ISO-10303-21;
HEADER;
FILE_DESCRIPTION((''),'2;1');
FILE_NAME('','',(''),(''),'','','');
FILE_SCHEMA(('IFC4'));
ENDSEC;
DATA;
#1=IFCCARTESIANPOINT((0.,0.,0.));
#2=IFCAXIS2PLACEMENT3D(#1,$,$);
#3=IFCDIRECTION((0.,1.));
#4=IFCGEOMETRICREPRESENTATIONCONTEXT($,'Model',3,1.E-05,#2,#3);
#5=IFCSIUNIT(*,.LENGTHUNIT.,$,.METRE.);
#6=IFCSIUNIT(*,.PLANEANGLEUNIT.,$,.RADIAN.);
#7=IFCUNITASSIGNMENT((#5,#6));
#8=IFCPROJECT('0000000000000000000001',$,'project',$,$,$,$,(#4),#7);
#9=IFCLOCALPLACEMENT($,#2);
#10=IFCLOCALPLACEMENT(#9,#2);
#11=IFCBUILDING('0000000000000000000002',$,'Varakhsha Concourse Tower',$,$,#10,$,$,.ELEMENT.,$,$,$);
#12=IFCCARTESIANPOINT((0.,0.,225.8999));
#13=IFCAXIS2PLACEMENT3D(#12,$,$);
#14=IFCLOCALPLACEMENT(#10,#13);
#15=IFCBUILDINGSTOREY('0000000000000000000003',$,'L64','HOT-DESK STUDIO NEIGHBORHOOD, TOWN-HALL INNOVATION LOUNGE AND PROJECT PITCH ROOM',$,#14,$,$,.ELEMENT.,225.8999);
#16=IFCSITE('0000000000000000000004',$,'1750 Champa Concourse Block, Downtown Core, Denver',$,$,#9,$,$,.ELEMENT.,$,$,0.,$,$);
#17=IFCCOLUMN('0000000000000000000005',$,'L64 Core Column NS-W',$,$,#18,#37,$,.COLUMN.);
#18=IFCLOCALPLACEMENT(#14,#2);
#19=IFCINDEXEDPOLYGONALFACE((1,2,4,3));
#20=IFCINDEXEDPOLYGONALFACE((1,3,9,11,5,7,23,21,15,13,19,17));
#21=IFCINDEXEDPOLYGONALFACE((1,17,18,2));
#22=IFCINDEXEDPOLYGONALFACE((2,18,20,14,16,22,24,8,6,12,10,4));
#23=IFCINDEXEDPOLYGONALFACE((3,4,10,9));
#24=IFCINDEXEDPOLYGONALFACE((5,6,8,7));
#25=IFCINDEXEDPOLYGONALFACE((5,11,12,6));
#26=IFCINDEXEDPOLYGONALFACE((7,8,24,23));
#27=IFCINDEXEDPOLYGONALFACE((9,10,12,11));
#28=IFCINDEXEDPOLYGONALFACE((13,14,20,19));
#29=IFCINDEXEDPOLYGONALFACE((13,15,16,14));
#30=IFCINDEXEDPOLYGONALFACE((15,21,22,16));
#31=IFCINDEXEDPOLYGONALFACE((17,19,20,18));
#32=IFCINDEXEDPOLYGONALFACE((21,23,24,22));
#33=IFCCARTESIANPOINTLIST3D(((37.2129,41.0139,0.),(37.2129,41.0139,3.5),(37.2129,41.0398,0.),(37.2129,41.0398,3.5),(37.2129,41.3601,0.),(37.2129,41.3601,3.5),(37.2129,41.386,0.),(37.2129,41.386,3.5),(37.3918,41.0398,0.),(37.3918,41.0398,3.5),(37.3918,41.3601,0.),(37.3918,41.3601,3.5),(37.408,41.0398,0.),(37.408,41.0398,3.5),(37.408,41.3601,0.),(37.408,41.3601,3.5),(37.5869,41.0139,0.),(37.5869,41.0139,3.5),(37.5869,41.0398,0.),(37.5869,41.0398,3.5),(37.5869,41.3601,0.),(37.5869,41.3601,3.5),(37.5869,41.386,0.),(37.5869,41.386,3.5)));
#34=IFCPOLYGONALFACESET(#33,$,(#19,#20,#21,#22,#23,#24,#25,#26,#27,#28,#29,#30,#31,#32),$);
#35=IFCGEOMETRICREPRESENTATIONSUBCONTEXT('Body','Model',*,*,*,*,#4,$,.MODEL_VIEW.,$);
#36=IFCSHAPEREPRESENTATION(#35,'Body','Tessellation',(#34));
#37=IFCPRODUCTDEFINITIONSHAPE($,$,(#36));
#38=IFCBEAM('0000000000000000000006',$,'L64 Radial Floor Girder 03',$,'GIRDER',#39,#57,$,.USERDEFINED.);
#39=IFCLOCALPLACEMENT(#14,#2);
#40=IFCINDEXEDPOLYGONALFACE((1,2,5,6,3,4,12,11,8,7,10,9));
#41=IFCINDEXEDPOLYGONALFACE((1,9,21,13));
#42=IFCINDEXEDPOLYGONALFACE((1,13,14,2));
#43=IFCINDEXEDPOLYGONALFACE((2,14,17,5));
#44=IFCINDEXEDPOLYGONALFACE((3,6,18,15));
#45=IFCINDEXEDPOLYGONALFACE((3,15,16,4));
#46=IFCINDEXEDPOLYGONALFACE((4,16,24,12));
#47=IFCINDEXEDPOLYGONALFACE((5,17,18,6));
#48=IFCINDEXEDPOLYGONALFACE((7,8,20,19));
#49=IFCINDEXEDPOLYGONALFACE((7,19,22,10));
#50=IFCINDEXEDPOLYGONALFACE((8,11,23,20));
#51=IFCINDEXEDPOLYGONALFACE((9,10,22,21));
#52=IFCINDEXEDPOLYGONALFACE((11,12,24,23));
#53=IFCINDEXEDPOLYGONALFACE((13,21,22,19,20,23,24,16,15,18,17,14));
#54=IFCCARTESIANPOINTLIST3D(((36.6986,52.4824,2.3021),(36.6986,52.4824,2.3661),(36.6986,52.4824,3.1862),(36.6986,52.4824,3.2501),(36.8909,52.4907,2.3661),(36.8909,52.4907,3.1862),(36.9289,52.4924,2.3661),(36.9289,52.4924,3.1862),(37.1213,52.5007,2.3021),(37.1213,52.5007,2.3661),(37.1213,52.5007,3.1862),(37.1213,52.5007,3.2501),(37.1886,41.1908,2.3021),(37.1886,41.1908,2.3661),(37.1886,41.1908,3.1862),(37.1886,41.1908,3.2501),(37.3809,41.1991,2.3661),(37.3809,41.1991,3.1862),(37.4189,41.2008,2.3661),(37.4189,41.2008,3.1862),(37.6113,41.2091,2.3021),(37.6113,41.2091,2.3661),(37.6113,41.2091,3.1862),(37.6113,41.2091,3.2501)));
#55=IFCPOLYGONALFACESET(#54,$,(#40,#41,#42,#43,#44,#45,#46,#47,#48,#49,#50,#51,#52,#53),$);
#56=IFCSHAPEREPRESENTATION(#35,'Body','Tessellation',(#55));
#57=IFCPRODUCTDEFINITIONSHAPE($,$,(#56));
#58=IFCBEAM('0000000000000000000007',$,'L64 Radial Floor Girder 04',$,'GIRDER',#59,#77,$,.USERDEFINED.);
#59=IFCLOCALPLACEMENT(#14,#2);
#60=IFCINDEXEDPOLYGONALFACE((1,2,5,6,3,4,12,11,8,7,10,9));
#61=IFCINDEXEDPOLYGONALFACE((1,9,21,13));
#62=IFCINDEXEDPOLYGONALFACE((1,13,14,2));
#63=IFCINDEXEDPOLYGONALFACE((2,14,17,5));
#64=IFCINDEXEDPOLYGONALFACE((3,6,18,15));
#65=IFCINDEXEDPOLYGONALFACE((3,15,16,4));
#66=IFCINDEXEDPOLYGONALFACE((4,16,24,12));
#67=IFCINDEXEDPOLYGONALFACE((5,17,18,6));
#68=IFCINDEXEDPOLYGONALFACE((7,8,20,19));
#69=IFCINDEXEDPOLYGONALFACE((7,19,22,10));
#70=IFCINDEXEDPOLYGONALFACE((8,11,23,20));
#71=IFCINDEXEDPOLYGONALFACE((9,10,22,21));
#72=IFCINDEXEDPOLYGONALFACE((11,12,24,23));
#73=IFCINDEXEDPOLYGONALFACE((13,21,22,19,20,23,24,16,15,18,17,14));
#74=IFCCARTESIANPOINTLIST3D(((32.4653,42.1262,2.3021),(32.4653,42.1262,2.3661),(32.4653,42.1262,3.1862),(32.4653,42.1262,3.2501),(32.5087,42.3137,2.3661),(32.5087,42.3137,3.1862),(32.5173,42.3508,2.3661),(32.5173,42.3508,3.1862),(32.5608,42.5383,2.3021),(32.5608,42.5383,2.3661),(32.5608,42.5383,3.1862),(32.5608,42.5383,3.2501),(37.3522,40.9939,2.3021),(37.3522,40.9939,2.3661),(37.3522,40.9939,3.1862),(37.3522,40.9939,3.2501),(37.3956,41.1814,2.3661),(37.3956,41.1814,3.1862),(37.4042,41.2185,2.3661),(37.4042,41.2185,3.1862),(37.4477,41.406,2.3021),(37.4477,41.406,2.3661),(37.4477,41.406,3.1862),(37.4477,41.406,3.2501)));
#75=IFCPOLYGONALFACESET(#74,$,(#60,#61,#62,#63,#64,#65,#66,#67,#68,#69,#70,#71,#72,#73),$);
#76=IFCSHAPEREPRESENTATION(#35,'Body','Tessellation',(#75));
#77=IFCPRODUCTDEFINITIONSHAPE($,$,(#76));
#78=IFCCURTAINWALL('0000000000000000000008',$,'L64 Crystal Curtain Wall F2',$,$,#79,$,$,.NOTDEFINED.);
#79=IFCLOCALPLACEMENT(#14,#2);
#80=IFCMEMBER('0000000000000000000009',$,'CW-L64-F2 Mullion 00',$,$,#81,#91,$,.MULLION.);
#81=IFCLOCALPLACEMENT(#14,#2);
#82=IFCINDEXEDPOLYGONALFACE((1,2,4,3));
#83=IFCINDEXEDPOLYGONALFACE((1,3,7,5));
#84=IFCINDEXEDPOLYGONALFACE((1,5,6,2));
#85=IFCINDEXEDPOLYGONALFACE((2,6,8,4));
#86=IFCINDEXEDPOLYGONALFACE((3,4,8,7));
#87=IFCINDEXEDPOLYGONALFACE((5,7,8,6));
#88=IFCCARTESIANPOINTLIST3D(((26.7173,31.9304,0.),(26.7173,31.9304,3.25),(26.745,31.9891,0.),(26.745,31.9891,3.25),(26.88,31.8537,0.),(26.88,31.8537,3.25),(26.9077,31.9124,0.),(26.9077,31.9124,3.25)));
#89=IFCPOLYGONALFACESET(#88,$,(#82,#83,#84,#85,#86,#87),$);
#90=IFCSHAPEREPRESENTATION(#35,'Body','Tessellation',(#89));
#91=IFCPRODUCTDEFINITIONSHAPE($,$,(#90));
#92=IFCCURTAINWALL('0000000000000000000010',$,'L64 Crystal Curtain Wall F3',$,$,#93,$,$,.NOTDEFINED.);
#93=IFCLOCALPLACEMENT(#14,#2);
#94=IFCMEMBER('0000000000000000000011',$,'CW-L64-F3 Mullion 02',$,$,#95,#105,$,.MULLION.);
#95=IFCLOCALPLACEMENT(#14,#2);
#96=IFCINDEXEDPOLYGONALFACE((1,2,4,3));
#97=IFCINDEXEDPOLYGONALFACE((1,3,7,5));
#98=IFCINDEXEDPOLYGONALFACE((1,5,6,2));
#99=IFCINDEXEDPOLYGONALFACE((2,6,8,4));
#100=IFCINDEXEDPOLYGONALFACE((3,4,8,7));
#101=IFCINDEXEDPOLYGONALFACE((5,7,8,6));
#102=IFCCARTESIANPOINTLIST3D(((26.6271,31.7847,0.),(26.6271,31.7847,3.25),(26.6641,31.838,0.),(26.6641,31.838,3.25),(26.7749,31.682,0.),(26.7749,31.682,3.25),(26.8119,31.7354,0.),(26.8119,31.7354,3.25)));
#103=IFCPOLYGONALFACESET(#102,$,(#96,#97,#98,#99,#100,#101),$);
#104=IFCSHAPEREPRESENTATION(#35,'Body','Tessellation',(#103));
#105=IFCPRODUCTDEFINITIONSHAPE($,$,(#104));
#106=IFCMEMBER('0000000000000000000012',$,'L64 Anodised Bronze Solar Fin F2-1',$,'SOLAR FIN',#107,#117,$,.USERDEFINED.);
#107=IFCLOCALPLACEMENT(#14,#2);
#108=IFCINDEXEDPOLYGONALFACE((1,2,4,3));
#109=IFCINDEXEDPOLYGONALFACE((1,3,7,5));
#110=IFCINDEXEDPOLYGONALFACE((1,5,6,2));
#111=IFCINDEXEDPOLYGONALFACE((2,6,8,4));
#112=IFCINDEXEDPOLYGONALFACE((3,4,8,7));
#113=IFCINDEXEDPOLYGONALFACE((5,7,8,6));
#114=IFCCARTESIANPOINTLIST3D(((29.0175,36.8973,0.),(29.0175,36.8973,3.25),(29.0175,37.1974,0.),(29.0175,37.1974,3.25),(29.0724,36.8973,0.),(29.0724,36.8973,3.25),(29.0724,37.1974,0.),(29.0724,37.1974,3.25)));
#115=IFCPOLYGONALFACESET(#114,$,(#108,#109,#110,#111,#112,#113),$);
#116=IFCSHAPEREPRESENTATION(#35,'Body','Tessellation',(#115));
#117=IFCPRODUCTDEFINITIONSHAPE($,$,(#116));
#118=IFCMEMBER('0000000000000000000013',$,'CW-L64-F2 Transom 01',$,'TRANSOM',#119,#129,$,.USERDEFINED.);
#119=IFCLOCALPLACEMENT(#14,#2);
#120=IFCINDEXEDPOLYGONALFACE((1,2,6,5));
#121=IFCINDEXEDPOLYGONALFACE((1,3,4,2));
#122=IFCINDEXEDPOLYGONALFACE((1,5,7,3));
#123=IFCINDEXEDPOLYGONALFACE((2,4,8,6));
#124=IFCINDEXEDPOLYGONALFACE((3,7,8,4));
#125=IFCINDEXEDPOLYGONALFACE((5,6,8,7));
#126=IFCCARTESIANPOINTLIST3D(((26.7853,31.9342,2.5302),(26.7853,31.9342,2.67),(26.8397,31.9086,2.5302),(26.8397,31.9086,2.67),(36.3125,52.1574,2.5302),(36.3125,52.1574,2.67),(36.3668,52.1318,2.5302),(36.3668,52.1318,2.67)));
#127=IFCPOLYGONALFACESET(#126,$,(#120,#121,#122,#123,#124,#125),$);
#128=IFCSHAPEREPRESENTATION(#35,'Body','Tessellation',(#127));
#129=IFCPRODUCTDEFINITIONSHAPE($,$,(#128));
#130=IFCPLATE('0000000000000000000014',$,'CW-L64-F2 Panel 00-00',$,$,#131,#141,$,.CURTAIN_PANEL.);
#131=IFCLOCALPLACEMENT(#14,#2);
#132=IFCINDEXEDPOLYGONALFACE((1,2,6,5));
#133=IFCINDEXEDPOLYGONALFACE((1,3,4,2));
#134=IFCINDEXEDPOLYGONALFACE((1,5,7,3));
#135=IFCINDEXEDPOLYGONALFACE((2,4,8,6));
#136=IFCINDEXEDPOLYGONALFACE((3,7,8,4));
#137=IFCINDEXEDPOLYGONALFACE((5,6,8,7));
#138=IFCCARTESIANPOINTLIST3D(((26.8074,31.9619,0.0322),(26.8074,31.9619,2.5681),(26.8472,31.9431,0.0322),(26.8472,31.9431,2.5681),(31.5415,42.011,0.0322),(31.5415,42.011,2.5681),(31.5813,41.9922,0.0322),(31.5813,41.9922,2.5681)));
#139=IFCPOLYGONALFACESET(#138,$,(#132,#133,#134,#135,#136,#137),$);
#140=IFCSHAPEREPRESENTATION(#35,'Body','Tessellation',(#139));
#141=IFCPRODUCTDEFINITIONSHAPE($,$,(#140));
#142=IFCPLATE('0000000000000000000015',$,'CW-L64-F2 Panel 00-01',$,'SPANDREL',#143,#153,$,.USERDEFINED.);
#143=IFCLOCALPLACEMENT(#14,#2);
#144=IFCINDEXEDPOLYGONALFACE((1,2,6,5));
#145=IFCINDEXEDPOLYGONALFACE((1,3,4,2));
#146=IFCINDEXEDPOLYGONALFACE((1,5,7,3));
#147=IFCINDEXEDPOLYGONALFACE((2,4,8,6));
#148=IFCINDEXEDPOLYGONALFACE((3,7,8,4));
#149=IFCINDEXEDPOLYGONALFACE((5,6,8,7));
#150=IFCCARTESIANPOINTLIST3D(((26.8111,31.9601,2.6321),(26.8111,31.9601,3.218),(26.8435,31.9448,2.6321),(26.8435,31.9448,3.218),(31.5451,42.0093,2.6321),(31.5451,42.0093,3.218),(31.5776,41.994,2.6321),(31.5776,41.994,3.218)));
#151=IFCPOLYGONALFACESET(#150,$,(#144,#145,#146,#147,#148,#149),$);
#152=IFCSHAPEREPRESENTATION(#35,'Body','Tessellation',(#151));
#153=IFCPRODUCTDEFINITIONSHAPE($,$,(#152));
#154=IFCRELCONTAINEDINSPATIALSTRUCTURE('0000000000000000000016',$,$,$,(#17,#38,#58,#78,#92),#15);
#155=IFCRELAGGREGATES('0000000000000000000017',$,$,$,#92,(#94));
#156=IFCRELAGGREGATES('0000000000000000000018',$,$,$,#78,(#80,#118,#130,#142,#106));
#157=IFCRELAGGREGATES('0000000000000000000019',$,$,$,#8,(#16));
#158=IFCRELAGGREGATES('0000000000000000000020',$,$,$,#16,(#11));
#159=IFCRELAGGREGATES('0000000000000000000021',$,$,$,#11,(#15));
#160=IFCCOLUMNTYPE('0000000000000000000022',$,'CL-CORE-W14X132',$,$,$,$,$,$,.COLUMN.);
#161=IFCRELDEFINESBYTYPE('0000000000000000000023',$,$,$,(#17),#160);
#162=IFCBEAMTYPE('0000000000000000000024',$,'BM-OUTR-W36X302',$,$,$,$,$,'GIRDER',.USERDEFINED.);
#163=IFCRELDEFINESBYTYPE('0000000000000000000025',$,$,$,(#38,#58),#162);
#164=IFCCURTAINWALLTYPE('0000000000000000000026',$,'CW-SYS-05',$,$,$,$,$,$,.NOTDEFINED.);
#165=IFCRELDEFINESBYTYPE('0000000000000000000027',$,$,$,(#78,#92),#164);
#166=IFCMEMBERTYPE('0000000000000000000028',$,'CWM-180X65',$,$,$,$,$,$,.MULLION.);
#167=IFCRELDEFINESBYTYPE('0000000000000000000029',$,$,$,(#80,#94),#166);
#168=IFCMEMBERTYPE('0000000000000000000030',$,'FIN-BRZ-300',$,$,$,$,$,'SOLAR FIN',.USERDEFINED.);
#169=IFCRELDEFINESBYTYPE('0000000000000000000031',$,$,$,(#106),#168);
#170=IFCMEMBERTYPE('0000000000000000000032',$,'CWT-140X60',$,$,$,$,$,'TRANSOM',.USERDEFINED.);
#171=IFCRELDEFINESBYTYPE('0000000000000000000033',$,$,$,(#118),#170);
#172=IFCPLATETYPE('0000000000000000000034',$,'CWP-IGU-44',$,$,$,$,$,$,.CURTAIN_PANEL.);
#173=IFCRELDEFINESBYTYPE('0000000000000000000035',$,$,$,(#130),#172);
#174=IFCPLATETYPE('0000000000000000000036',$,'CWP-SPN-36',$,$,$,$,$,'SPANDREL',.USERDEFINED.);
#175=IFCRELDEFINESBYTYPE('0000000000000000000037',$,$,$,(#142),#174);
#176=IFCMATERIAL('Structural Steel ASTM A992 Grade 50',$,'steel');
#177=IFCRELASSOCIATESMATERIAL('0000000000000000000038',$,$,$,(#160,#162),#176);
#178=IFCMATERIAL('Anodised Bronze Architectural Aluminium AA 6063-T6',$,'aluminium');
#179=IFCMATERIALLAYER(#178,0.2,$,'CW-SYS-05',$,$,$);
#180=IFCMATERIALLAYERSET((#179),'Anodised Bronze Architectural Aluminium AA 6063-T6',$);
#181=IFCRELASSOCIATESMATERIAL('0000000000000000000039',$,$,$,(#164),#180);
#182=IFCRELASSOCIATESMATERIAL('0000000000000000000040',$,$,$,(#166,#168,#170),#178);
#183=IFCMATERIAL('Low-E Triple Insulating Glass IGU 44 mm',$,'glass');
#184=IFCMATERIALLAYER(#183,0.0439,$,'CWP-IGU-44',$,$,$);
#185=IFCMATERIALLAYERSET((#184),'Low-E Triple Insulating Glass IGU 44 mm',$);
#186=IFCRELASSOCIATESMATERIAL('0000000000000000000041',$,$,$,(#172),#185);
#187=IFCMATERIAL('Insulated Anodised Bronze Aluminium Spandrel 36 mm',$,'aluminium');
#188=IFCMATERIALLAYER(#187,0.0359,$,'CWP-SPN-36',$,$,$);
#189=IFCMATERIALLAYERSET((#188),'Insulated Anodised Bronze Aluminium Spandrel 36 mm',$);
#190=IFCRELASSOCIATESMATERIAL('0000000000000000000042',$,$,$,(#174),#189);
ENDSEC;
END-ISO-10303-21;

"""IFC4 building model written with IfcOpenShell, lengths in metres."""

from ifc_helpers import new_model, si_unit, direction, frame, origin, origin_2d, place, context, subcontext, project, spatial, rectangle, i_section, extrude, source, transform, mapped, material, layer, layer_set, material_profile, profile_set, type_object, type_shapes, element, aggregate, save


model = new_model("IFC4")

# Units and contexts
model_context = context("Model", 3, precision=1e-05, world=origin(), true_north=direction((0.0, 1.0)))
body_context = subcontext(model_context, "Body", "Model", "MODEL_VIEW")
ifc_project = project(units=[si_unit("LENGTHUNIT", "METRE"), si_unit("PLANEANGLEUNIT", "RADIAN")], contexts=[model_context])

# Site, building, storey
site_placement = place(None, origin())
site = spatial("IfcSite", under=ifc_project, at=site_placement, Name="1750 Champa Concourse Block, Downtown Core, Denver", CompositionType="ELEMENT", RefElevation=0.0)
building_placement = place(site_placement, origin())
building = spatial("IfcBuilding", under=site, at=building_placement, Name="Varakhsha Concourse Tower", CompositionType="ELEMENT")
storey_placement = place(building_placement, frame((0.0, 0.0, 225.8999)))
storey = spatial("IfcBuildingStorey", under=building, at=storey_placement, Name="L64", Description="HOT-DESK STUDIO NEIGHBORHOOD, TOWN-HALL INNOVATION LOUNGE AND PROJECT PITCH ROOM", CompositionType="ELEMENT", Elevation=225.8999)

# Column
ifc_material_1 = material(Name="Structural Steel ASTM A992 Grade 50", Category="steel")
ifc_material_profile_1 = material_profile(ifc_material_1, i_section(OverallWidth=0.374, OverallDepth=0.3721, WebThickness=0.0161, FlangeThickness=0.0259, at=origin_2d()), Name="W14X132")
ifc_profile_set_1 = profile_set([ifc_material_profile_1], Name="Structural Steel ASTM A992 Grade 50")
column_type = type_object("IfcColumnType", Name="CL-CORE-W14X132", PredefinedType="COLUMN", material=ifc_profile_set_1)
column_placement = place(storey_placement, frame((37.3999, 41.2, 0.0), z_axis=(0.0, 0.0, 1.0), x_axis=(1.0, 0.0, 0.0)))
element("IfcColumn", 1, at=column_placement, inside=storey, type_object=column_type, Name="L64 Core Column NS-W", PredefinedType="COLUMN", context=body_context, shape_type="SweptSolid", body=[
    extrude(i_section(OverallWidth=0.374, OverallDepth=0.3721, WebThickness=0.0161, FlangeThickness=0.0259, at=origin_2d()), origin(), (0.0, 0.0, 1.0), 3.5),
])

# Beams
ifc_material_profile_2 = material_profile(ifc_material_1, i_section(OverallWidth=0.4231, OverallDepth=0.948, WebThickness=0.0381, FlangeThickness=0.064, at=origin_2d()), Name="W36X302")
ifc_profile_set_2 = profile_set([ifc_material_profile_2], Name="Structural Steel ASTM A992 Grade 50")
beam_type = type_object("IfcBeamType", Name="BM-OUTR-W36X302", ElementType="GIRDER", PredefinedType="USERDEFINED", material=ifc_profile_set_2)
beam_1_placement = place(storey_placement, frame((37.3999, 41.2, 2.7761), z_axis=(-0.043354, 0.99906, 0.0), x_axis=(-0.99906, -0.043354, 0.0)))
element("IfcBeam", 2, at=beam_1_placement, inside=storey, type_object=beam_type, Name="L64 Radial Floor Girder 03", ObjectType="GIRDER", PredefinedType="USERDEFINED", context=body_context, shape_type="SweptSolid", body=[
    extrude(i_section(OverallWidth=0.4231, OverallDepth=0.948, WebThickness=0.0381, FlangeThickness=0.064, at=origin_2d()), origin(), (0.0, 0.0, 1.0), 11.3022),
])
beam_2_placement = place(storey_placement, frame((37.3999, 41.2, 2.7761), z_axis=(-0.974191, 0.225723, 0.0), x_axis=(-0.225723, -0.974191, 0.0)))
element("IfcBeam", 3, at=beam_2_placement, inside=storey, type_object=beam_type, Name="L64 Radial Floor Girder 04", ObjectType="GIRDER", PredefinedType="USERDEFINED", context=body_context, shape_type="SweptSolid", body=[
    extrude(i_section(OverallWidth=0.4231, OverallDepth=0.948, WebThickness=0.0381, FlangeThickness=0.064, at=origin_2d()), origin(), (0.0, 0.0, 1.0), 5.0164),
])

# Curtain walls, members
ifc_material_2 = material(Name="Anodised Bronze Architectural Aluminium AA 6063-T6", Category="aluminium")
ifc_layer_1 = layer(ifc_material_2, 0.2, Name="CW-SYS-05")
ifc_layer_set_1 = layer_set([ifc_layer_1], Name="Anodised Bronze Architectural Aluminium AA 6063-T6")
curtain_wall_type = type_object("IfcCurtainWallType", Name="CW-SYS-05", PredefinedType="NOTDEFINED", material=ifc_layer_set_1)
curtain_wall_1_placement = place(storey_placement, origin())
curtain_wall_1 = element("IfcCurtainWall", 4, at=curtain_wall_1_placement, inside=storey, type_object=curtain_wall_type, Name="L64 Crystal Curtain Wall F2", PredefinedType="NOTDEFINED")
ifc_material_profile_3 = material_profile(ifc_material_2, rectangle(XDim=0.0649, YDim=0.1799, at=origin_2d()), Name="CWM-180X65")
ifc_profile_set_3 = profile_set([ifc_material_profile_3], Name="Anodised Bronze Architectural Aluminium AA 6063-T6")
member_type_1 = type_object("IfcMemberType", Name="CWM-180X65", PredefinedType="MULLION", material=ifc_profile_set_3)
shared_shape_1 = source(origin(), body_context, "Body", "SweptSolid", [
    extrude(rectangle(XDim=0.0649, YDim=0.1799, at=origin_2d()), origin(), (0.0, 0.0, 1.0), 3.25),
])
type_shapes(member_type_1, [shared_shape_1])
member_1_placement = place(storey_placement, frame((26.8125, 31.9214, 0.0), z_axis=(0.0, 0.0, 1.0), x_axis=(0.426172, 0.904642, 0.0)))
member_1 = element("IfcMember", 5, at=member_1_placement, type_object=member_type_1, Name="CW-L64-F2 Mullion 00", PredefinedType="MULLION", context=body_context, shape_type="MappedRepresentation", body=[
    mapped(shared_shape_1, transform((0.0, 0.0, 0.0), scale=1.0)),
])
curtain_wall_2_placement = place(storey_placement, origin())
curtain_wall_2 = element("IfcCurtainWall", 6, at=curtain_wall_2_placement, inside=storey, type_object=curtain_wall_type, Name="L64 Crystal Curtain Wall F3", PredefinedType="NOTDEFINED")
member_2_placement = place(storey_placement, frame((26.7195, 31.76, 0.0), z_axis=(0.0, 0.0, 1.0), x_axis=(0.570361, 0.821394, 0.0)))
member_2 = element("IfcMember", 7, at=member_2_placement, type_object=member_type_1, Name="CW-L64-F3 Mullion 02", PredefinedType="MULLION", context=body_context, shape_type="MappedRepresentation", body=[
    mapped(shared_shape_1, transform((0.0, 0.0, 0.0), scale=1.0)),
])
aggregate(curtain_wall_2, [member_2])

# Members
ifc_material_profile_4 = material_profile(ifc_material_2, rectangle(XDim=0.0549, YDim=0.3, at=origin_2d()), Name="FIN-BRZ-300")
ifc_profile_set_4 = profile_set([ifc_material_profile_4], Name="Anodised Bronze Architectural Aluminium AA 6063-T6")
member_type_2 = type_object("IfcMemberType", Name="FIN-BRZ-300", ElementType="SOLAR FIN", PredefinedType="USERDEFINED", material=ifc_profile_set_4)
shared_shape_2 = source(origin(), body_context, "Body", "SweptSolid", [
    extrude(rectangle(XDim=0.0549, YDim=0.3, at=origin_2d()), origin(), (0.0, 0.0, 1.0), 3.25),
])
type_shapes(member_type_2, [shared_shape_2])
member_3_placement = place(storey_placement, frame((29.0449, 37.0474, 0.0), z_axis=(0.0, 0.0, 1.0), x_axis=(1.0, 0.0, 0.0)))
member_3 = element("IfcMember", 8, at=member_3_placement, type_object=member_type_2, Name="L64 Anodised Bronze Solar Fin F2-1", ObjectType="SOLAR FIN", PredefinedType="USERDEFINED", context=body_context, shape_type="MappedRepresentation", body=[
    mapped(shared_shape_2, transform((0.0, 0.0, 0.0), scale=1.0)),
])
ifc_material_profile_5 = material_profile(ifc_material_2, rectangle(XDim=0.0601, YDim=0.1399, at=origin_2d()), Name="CWT-140X60")
ifc_profile_set_5 = profile_set([ifc_material_profile_5], Name="Anodised Bronze Architectural Aluminium AA 6063-T6")
member_type_3 = type_object("IfcMemberType", Name="CWT-140X60", ElementType="TRANSOM", PredefinedType="USERDEFINED", material=ifc_profile_set_5)
shared_shape_3 = source(origin(), body_context, "Body", "SweptSolid", [
    extrude(rectangle(XDim=0.0601, YDim=0.1399, at=origin_2d()), origin(), (0.0, 0.0, 1.0), 22.355),
])
type_shapes(member_type_3, [shared_shape_3])
member_4_placement = place(storey_placement, frame((26.8125, 31.9214, 2.6001), z_axis=(0.426175, 0.904641, 0.0), x_axis=(-0.904641, 0.426175, 0.0)))
member_4 = element("IfcMember", 9, at=member_4_placement, type_object=member_type_3, Name="CW-L64-F2 Transom 01", ObjectType="TRANSOM", PredefinedType="USERDEFINED", context=body_context, shape_type="MappedRepresentation", body=[
    mapped(shared_shape_3, transform((0.0, 0.0, 0.0), scale=1.0)),
])

# Plates
ifc_material_3 = material(Name="Low-E Triple Insulating Glass IGU 44 mm", Category="glass")
ifc_layer_2 = layer(ifc_material_3, 0.0439, Name="CWP-IGU-44")
ifc_layer_set_2 = layer_set([ifc_layer_2], Name="Low-E Triple Insulating Glass IGU 44 mm")
plate_type_1 = type_object("IfcPlateType", Name="CWP-IGU-44", PredefinedType="CURTAIN_PANEL", material=ifc_layer_set_2)
shared_shape_4 = source(origin(), body_context, "Body", "SweptSolid", [
    extrude(rectangle(XDim=11.1084, YDim=0.0439, at=origin_2d()), origin(), (0.0, 0.0, 1.0), 2.5359),
])
type_shapes(plate_type_1, [shared_shape_4])
plate_1_placement = place(storey_placement, frame((29.1943, 36.9771, 0.0322), z_axis=(0.0, 0.0, 1.0), x_axis=(0.426172, 0.904642, 0.0)))
plate_1 = element("IfcPlate", 10, at=plate_1_placement, type_object=plate_type_1, Name="CW-L64-F2 Panel 00-00", PredefinedType="CURTAIN_PANEL", context=body_context, shape_type="MappedRepresentation", body=[
    mapped(shared_shape_4, transform((0.0, 0.0, 0.0), scale=1.0)),
])
ifc_material_4 = material(Name="Insulated Anodised Bronze Aluminium Spandrel 36 mm", Category="aluminium")
ifc_layer_3 = layer(ifc_material_4, 0.0359, Name="CWP-SPN-36")
ifc_layer_set_3 = layer_set([ifc_layer_3], Name="Insulated Anodised Bronze Aluminium Spandrel 36 mm")
plate_type_2 = type_object("IfcPlateType", Name="CWP-SPN-36", ElementType="SPANDREL", PredefinedType="USERDEFINED", material=ifc_layer_set_3)
shared_shape_5 = source(origin(), body_context, "Body", "SweptSolid", [
    extrude(rectangle(XDim=11.1084, YDim=0.0359, at=origin_2d()), origin(), (0.0, 0.0, 1.0), 0.5859),
])
type_shapes(plate_type_2, [shared_shape_5])
plate_2_placement = place(storey_placement, frame((29.1943, 36.9771, 2.6321), z_axis=(0.0, 0.0, 1.0), x_axis=(0.426172, 0.904642, 0.0)))
plate_2 = element("IfcPlate", 11, at=plate_2_placement, type_object=plate_type_2, Name="CW-L64-F2 Panel 00-01", ObjectType="SPANDREL", PredefinedType="USERDEFINED", context=body_context, shape_type="MappedRepresentation", body=[
    mapped(shared_shape_5, transform((0.0, 0.0, 0.0), scale=1.0)),
])
aggregate(curtain_wall_1, [member_1, member_4, plate_1, plate_2, member_3])

save(model, "model.ifc")
